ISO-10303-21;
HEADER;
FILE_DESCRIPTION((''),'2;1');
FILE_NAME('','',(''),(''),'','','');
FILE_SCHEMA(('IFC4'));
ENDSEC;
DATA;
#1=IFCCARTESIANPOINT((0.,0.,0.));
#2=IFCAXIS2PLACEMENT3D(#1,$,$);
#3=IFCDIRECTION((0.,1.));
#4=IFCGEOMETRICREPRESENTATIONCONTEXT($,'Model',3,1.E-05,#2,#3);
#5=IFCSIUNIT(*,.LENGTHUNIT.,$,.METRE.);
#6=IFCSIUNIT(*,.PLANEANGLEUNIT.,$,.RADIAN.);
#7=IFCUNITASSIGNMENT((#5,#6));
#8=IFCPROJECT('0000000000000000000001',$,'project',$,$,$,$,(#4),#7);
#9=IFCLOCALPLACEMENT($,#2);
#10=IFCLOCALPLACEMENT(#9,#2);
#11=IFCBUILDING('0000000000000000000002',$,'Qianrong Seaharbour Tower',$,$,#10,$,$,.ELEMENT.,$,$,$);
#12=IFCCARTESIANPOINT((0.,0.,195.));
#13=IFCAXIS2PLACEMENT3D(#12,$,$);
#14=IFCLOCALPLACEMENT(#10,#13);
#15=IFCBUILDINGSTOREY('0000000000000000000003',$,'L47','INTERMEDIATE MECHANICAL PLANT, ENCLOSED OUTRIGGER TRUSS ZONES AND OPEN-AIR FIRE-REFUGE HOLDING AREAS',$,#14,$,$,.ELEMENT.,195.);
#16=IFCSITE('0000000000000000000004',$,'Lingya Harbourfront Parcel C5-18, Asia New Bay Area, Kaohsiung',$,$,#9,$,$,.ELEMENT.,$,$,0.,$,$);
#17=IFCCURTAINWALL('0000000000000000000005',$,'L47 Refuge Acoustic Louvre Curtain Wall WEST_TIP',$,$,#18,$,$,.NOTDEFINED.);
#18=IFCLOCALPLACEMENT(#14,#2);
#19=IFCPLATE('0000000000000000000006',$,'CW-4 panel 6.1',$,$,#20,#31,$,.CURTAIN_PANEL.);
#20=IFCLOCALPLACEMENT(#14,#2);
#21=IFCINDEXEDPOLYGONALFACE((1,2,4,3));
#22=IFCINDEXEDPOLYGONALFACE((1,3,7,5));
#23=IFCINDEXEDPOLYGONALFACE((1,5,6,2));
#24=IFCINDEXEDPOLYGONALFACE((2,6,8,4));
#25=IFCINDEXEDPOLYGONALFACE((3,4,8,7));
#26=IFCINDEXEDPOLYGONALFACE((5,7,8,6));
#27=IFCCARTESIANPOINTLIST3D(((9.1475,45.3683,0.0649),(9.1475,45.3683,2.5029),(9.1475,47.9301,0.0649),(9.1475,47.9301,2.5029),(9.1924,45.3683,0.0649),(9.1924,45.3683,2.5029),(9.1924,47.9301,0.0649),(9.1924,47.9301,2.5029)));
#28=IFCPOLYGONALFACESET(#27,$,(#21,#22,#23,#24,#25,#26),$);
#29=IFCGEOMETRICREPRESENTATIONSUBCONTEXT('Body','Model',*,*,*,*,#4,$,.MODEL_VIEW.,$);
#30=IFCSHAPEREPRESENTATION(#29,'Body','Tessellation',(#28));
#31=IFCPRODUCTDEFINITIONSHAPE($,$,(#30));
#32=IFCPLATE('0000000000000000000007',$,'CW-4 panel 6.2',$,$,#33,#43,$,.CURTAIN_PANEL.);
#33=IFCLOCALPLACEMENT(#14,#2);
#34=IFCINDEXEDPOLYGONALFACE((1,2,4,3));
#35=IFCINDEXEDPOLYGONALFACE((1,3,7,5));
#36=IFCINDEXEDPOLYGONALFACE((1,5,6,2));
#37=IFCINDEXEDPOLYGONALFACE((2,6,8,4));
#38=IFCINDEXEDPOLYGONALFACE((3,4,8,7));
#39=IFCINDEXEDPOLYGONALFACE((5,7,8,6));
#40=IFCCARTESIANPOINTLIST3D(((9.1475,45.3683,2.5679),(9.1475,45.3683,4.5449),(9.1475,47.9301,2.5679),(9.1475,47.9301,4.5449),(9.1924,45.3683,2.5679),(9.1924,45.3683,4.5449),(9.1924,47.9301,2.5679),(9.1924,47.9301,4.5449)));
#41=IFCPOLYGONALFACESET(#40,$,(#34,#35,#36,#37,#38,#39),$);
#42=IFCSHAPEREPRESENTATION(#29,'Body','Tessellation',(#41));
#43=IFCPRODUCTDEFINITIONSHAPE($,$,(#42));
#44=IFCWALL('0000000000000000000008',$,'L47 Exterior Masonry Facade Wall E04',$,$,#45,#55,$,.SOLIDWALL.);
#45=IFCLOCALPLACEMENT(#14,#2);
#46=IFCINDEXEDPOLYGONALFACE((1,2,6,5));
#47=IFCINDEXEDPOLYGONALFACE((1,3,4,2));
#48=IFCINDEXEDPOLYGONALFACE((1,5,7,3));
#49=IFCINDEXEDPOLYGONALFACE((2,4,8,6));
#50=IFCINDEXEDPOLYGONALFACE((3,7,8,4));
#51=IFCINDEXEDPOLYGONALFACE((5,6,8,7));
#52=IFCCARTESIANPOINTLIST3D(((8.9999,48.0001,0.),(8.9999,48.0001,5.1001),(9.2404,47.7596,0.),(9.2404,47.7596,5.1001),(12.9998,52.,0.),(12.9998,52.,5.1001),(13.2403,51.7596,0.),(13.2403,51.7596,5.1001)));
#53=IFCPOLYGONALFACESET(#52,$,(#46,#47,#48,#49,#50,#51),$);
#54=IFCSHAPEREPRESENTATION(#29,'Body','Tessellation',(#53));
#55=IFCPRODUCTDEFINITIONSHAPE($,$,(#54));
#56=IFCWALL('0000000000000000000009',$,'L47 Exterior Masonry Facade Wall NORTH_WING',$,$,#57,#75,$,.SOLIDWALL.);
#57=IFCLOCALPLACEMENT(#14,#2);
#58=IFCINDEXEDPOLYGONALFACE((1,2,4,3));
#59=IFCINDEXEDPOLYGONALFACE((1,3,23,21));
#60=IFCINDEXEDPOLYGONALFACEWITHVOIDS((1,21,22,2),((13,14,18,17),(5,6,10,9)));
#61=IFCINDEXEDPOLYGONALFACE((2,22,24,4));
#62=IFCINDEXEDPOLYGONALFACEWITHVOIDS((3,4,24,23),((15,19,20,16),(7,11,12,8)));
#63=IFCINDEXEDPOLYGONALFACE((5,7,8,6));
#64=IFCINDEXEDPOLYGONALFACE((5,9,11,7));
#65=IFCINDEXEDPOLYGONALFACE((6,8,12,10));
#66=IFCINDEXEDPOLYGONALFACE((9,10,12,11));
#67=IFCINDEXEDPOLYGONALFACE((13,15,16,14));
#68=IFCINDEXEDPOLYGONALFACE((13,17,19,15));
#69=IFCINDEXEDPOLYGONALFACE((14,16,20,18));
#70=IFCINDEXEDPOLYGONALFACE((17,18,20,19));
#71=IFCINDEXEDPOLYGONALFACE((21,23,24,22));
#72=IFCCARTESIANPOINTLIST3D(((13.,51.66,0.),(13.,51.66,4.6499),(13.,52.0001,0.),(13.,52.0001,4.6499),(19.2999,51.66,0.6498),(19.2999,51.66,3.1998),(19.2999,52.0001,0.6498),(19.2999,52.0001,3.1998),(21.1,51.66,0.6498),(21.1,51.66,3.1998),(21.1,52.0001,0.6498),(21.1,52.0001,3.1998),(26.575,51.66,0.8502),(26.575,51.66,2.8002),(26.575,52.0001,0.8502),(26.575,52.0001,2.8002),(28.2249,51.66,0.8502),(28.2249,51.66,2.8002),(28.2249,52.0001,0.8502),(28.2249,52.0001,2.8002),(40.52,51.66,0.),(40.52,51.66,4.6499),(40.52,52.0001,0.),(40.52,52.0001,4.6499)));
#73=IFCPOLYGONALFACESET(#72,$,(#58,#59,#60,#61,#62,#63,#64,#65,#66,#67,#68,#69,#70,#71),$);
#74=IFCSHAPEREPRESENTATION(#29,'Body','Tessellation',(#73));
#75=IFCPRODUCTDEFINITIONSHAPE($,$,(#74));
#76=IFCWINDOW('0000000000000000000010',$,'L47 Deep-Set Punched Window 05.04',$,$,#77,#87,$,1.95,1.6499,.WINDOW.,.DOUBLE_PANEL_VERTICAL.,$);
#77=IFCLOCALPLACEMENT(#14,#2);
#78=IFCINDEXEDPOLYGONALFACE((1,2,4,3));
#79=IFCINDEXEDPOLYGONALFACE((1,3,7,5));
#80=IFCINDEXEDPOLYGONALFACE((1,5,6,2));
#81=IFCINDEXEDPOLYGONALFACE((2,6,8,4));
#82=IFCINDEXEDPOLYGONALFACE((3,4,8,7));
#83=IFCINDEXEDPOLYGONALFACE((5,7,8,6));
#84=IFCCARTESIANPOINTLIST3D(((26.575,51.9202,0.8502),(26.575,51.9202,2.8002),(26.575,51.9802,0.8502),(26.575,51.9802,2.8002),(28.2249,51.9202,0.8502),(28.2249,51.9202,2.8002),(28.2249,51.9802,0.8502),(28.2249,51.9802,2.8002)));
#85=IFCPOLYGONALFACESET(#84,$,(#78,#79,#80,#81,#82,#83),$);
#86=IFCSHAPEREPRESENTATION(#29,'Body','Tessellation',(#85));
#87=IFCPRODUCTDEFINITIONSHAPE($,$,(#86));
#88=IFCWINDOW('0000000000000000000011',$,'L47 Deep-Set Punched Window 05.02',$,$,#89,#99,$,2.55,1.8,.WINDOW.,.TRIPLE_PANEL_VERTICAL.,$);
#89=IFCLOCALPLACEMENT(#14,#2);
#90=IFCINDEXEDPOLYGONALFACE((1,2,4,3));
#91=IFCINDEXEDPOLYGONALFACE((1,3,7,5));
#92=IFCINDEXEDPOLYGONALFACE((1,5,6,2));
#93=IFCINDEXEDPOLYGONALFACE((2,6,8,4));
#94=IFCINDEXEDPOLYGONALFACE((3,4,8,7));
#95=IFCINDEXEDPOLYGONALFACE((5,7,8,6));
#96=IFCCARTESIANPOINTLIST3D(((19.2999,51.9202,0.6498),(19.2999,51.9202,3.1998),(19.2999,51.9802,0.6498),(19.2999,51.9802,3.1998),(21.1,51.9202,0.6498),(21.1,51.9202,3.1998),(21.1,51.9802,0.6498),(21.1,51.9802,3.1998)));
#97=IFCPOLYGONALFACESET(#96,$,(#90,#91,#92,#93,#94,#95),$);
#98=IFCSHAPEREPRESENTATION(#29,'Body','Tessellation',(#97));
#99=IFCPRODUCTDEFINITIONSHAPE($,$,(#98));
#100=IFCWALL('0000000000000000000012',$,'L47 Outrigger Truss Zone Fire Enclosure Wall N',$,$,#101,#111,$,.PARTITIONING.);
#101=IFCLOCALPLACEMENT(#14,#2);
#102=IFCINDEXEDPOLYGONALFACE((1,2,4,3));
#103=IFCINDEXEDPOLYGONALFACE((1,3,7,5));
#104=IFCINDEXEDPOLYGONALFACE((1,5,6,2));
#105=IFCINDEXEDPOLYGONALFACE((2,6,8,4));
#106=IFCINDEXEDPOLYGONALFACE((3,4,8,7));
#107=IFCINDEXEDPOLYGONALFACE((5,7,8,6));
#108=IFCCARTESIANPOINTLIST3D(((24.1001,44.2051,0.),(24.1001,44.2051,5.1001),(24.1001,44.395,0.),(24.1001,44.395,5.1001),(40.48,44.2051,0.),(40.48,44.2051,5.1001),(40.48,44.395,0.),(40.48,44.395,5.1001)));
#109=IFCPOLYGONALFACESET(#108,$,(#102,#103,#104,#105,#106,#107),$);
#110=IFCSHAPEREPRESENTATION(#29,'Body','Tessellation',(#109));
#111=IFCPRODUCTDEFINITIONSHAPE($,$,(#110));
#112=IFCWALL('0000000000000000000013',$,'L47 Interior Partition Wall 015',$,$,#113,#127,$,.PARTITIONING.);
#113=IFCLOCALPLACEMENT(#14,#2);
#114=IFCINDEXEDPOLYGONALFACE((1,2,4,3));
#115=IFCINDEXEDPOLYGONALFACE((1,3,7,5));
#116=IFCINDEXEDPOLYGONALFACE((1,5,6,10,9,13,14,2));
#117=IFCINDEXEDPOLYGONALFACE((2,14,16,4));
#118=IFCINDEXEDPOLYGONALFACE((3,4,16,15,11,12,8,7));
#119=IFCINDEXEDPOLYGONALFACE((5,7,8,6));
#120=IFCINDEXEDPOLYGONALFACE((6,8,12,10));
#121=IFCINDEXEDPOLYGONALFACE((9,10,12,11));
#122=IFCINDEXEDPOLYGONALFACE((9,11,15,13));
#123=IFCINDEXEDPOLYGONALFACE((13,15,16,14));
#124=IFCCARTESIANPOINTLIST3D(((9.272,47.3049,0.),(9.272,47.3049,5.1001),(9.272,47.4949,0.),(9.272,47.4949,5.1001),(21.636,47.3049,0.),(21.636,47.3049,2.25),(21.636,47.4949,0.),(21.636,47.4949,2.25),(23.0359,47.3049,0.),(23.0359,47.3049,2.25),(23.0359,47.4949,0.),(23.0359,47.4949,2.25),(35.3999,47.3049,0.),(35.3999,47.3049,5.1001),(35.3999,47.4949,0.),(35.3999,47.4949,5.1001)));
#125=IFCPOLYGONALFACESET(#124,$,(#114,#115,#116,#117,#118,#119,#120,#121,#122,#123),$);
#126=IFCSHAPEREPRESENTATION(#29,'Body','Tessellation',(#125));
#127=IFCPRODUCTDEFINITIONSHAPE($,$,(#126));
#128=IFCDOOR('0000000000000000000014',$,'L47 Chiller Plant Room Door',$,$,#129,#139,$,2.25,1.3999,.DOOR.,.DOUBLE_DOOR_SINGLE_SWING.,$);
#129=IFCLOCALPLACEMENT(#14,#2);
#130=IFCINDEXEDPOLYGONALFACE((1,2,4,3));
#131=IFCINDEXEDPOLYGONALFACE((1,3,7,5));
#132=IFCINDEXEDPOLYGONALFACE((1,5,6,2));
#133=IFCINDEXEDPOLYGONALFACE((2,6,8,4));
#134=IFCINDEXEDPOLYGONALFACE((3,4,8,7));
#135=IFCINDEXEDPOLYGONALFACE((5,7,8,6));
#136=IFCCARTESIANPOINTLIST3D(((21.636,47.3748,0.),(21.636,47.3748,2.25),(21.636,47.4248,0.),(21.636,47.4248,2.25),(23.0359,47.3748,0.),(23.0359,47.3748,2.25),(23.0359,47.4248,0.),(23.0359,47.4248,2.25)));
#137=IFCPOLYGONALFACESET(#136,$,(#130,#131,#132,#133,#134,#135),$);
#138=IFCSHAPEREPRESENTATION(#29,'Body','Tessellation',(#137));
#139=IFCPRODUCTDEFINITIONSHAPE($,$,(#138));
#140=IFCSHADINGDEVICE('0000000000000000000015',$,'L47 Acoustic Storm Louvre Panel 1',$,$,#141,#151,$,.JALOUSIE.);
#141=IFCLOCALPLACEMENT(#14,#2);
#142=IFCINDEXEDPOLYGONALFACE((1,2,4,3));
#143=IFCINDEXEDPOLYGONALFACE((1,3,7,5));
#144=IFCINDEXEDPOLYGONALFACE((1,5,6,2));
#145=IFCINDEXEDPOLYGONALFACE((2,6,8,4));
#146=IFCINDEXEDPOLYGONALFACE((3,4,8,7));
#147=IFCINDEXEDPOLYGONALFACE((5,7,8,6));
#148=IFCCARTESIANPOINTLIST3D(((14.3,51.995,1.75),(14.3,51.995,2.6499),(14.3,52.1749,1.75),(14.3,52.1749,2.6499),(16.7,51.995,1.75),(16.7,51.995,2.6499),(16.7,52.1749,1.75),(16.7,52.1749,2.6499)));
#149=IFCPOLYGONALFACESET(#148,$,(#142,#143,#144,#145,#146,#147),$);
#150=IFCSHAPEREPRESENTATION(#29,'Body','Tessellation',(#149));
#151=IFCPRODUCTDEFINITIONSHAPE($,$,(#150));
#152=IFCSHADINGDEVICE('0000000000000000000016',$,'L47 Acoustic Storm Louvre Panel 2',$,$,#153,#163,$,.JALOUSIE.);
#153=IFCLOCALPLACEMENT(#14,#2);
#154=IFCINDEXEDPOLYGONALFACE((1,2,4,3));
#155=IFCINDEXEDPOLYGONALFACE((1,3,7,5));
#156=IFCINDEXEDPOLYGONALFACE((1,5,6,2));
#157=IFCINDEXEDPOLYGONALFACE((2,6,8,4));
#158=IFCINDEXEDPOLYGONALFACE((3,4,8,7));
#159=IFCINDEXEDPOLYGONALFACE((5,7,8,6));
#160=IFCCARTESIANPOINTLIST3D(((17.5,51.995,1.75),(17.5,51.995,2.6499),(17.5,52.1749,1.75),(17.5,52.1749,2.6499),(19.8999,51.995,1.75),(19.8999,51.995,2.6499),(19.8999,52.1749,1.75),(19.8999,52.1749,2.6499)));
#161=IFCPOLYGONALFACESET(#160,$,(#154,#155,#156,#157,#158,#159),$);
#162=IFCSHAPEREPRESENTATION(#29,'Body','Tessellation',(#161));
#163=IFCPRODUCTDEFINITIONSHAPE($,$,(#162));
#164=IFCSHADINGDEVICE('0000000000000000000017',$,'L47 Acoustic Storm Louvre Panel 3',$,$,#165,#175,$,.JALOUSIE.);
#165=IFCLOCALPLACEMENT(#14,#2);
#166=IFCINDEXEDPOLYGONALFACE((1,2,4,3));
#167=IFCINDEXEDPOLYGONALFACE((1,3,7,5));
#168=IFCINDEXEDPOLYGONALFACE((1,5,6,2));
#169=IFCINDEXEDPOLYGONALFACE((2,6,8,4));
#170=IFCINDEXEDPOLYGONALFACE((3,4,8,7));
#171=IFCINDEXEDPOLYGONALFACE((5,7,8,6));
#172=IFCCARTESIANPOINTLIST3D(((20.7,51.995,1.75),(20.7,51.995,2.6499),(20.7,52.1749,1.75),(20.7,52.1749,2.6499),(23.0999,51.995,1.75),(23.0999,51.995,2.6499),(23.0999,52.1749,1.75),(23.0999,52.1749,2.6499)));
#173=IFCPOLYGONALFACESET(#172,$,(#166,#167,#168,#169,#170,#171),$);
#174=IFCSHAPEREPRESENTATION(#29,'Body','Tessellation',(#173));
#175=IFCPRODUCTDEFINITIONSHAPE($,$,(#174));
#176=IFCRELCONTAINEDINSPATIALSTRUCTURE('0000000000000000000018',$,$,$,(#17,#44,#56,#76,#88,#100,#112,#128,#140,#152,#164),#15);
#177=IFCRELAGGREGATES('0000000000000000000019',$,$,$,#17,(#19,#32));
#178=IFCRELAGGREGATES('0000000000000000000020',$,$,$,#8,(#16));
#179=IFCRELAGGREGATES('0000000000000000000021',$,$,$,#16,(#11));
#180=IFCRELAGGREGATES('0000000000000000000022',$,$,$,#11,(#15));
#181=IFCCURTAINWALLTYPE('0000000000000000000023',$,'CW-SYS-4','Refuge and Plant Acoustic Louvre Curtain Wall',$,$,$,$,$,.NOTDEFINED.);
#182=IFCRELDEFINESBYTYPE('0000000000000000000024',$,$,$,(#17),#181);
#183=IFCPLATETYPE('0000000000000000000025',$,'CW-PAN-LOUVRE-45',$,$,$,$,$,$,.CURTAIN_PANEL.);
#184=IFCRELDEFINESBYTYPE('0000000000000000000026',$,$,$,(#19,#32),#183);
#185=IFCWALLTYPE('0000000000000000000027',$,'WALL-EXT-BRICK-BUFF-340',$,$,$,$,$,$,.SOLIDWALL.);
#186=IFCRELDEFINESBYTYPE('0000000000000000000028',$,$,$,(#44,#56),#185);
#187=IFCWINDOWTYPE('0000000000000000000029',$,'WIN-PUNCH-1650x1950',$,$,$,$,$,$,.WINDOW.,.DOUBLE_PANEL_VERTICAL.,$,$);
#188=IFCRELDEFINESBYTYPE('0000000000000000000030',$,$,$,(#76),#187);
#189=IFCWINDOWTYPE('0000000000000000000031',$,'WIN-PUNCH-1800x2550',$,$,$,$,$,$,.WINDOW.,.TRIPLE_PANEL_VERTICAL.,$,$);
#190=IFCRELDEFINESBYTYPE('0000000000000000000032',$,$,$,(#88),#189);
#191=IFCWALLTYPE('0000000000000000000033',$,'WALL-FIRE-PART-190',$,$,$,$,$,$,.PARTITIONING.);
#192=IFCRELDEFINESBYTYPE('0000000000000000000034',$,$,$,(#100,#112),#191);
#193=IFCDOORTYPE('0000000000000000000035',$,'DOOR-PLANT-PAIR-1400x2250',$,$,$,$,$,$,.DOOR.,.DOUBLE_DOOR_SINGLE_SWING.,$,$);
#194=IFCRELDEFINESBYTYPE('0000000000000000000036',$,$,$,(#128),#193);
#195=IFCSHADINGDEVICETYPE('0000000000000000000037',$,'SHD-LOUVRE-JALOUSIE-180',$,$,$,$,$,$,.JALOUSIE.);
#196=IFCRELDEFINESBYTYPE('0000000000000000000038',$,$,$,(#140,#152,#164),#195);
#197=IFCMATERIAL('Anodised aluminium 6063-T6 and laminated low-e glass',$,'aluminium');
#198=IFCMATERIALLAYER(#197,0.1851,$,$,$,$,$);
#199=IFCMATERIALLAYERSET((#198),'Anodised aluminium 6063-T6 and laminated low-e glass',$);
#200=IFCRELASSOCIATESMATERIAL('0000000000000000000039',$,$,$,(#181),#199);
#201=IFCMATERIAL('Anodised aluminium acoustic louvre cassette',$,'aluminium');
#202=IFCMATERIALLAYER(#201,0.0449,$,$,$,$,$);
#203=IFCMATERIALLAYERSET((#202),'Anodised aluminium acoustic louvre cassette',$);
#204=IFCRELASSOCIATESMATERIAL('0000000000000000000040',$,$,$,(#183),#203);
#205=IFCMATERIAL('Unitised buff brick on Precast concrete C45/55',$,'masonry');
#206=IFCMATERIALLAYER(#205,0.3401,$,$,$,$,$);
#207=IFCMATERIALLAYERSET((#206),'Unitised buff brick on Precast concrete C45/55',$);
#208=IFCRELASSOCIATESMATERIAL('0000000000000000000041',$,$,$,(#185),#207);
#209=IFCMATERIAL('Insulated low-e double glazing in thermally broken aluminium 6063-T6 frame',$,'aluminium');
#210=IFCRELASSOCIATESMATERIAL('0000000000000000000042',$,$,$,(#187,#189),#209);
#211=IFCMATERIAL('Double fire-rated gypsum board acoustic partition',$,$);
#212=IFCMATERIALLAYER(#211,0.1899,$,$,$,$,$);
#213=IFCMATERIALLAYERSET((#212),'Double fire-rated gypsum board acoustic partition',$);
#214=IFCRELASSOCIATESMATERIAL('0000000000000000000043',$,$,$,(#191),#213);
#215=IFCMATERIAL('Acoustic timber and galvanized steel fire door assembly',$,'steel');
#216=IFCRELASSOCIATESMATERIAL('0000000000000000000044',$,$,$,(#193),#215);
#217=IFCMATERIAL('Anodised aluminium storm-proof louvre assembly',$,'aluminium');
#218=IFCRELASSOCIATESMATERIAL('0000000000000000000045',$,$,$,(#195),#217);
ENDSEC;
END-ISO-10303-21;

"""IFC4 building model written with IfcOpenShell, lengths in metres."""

from ifc_helpers import new_model, si_unit, direction, frame, frame_2d, origin, origin_2d, place, context, subcontext, project, spatial, rectangle, extrude, material, layer, layer_set, type_object, element, fill, aggregate, save


model = new_model("IFC4")

# Units and contexts
model_context = context("Model", 3, precision=1e-05, world=origin(), true_north=direction((0.0, 1.0)))
body_context = subcontext(model_context, "Body", "Model", "MODEL_VIEW")
ifc_project = project(units=[si_unit("LENGTHUNIT", "METRE"), si_unit("PLANEANGLEUNIT", "RADIAN")], contexts=[model_context])

# Site, building, storey
site_placement = place(None, origin())
site = spatial("IfcSite", under=ifc_project, at=site_placement, Name="Lingya Harbourfront Parcel C5-18, Asia New Bay Area, Kaohsiung", CompositionType="ELEMENT", RefElevation=0.0)
building_placement = place(site_placement, origin())
building = spatial("IfcBuilding", under=site, at=building_placement, Name="Qianrong Seaharbour Tower", CompositionType="ELEMENT")
storey_placement = place(building_placement, frame((0.0, 0.0, 195.0)))
storey = spatial("IfcBuildingStorey", under=building, at=storey_placement, Name="L47", Description="INTERMEDIATE MECHANICAL PLANT, ENCLOSED OUTRIGGER TRUSS ZONES AND OPEN-AIR FIRE-REFUGE HOLDING AREAS", CompositionType="ELEMENT", Elevation=195.0)

# Curtain wall, plates
ifc_material_1 = material(Name="Anodised aluminium 6063-T6 and laminated low-e glass", Category="aluminium")
ifc_layer_1 = layer(ifc_material_1, 0.1851)
ifc_layer_set_1 = layer_set([ifc_layer_1], Name="Anodised aluminium 6063-T6 and laminated low-e glass")
curtain_wall_type = type_object("IfcCurtainWallType", Name="CW-SYS-4", Description="Refuge and Plant Acoustic Louvre Curtain Wall", PredefinedType="NOTDEFINED", material=ifc_layer_set_1)
curtain_wall_placement = place(storey_placement, origin())
curtain_wall = element("IfcCurtainWall", 1, at=curtain_wall_placement, inside=storey, type_object=curtain_wall_type, Name="L47 Refuge Acoustic Louvre Curtain Wall WEST_TIP", PredefinedType="NOTDEFINED")
ifc_material_2 = material(Name="Anodised aluminium acoustic louvre cassette", Category="aluminium")
ifc_layer_2 = layer(ifc_material_2, 0.0449)
ifc_layer_set_2 = layer_set([ifc_layer_2], Name="Anodised aluminium acoustic louvre cassette")
plate_type = type_object("IfcPlateType", Name="CW-PAN-LOUVRE-45", PredefinedType="CURTAIN_PANEL", material=ifc_layer_set_2)
plate_1_placement = place(storey_placement, frame((9.1699, 46.6492, 0.0649), z_axis=(0.0, 0.0, 1.0), x_axis=(0.0, 1.0, 0.0)))
plate_1 = element("IfcPlate", 2, at=plate_1_placement, type_object=plate_type, Name="CW-4 panel 6.1", PredefinedType="CURTAIN_PANEL", context=body_context, shape_type="SweptSolid", body=[
    extrude(rectangle(XDim=2.5618, YDim=0.0449, at=origin_2d()), origin(), (0.0, 0.0, 1.0), 2.438),
])
plate_2_placement = place(storey_placement, frame((9.1699, 46.6492, 2.5679), z_axis=(0.0, 0.0, 1.0), x_axis=(0.0, 1.0, 0.0)))
plate_2 = element("IfcPlate", 3, at=plate_2_placement, type_object=plate_type, Name="CW-4 panel 6.2", PredefinedType="CURTAIN_PANEL", context=body_context, shape_type="SweptSolid", body=[
    extrude(rectangle(XDim=2.5618, YDim=0.0449, at=origin_2d()), origin(), (0.0, 0.0, 1.0), 1.9771),
])
aggregate(curtain_wall, [plate_1, plate_2])

# Wall
ifc_material_3 = material(Name="Unitised buff brick on Precast concrete C45/55", Category="masonry")
ifc_layer_3 = layer(ifc_material_3, 0.3401)
ifc_layer_set_3 = layer_set([ifc_layer_3], Name="Unitised buff brick on Precast concrete C45/55")
wall_type_1 = type_object("IfcWallType", Name="WALL-EXT-BRICK-BUFF-340", PredefinedType="SOLIDWALL", material=ifc_layer_set_3)
wall_1_placement = place(storey_placement, frame((9.1201, 47.8799, 0.0), z_axis=(0.0, 0.0, 1.0), x_axis=(0.707107, 0.707107, 0.0)))
element("IfcWall", 4, at=wall_1_placement, inside=storey, type_object=wall_type_1, Name="L47 Exterior Masonry Facade Wall E04", PredefinedType="SOLIDWALL", context=body_context, shape_type="SweptSolid", body=[
    extrude(rectangle(XDim=5.6567, YDim=0.3401, at=frame_2d((2.8284, 0.0))), origin(), (0.0, 0.0, 1.0), 5.1001),
])

# Wall, openings, windows
wall_2_placement = place(storey_placement, frame((13.0, 51.8301, 0.0), z_axis=(0.0, 0.0, 1.0), x_axis=(1.0, 0.0, 0.0)))
wall_2 = element("IfcWall", 5, at=wall_2_placement, inside=storey, type_object=wall_type_1, Name="L47 Exterior Masonry Facade Wall NORTH_WING", PredefinedType="SOLIDWALL", context=body_context, shape_type="SweptSolid", body=[
    extrude(rectangle(XDim=27.52, YDim=0.3401, at=frame_2d((13.76, 0.0))), origin(), (0.0, 0.0, 1.0), 4.6499),
])
opening_1_placement = place(wall_2_placement, frame((6.3, 0.0, 0.6499)))
opening_1 = element("IfcOpeningElement", 6, at=opening_1_placement, cuts=wall_2, PredefinedType="OPENING", context=body_context, shape_type="SweptSolid", body=[
    extrude(rectangle(XDim=1.8, YDim=2.55, at=frame_2d((0.8999, 1.2749))), frame((0.0, 0.1802, 0.0), z_axis=(0.0, -1.0, 0.0), x_axis=(1.0, 0.0, 0.0)), (0.0, 0.0, 1.0), 0.3601),
])
opening_2_placement = place(wall_2_placement, frame((13.575, 0.0, 0.8501)))
opening_2 = element("IfcOpeningElement", 7, at=opening_2_placement, cuts=wall_2, PredefinedType="OPENING", context=body_context, shape_type="SweptSolid", body=[
    extrude(rectangle(XDim=1.6499, YDim=1.95, at=frame_2d((0.825, 0.9751))), frame((0.0, 0.1802, 0.0), z_axis=(0.0, -1.0, 0.0), x_axis=(1.0, 0.0, 0.0)), (0.0, 0.0, 1.0), 0.3601),
])
ifc_material_4 = material(Name="Insulated low-e double glazing in thermally broken aluminium 6063-T6 frame", Category="aluminium")
window_type_1 = type_object("IfcWindowType", Name="WIN-PUNCH-1650x1950", PartitioningType="DOUBLE_PANEL_VERTICAL", PredefinedType="WINDOW", material=ifc_material_4)
window_1_placement = place(opening_2_placement, origin())
window_1 = element("IfcWindow", 8, at=window_1_placement, inside=storey, type_object=window_type_1, Name="L47 Deep-Set Punched Window 05.04", OverallHeight=1.95, OverallWidth=1.6499, PartitioningType="DOUBLE_PANEL_VERTICAL", PredefinedType="WINDOW", context=body_context, shape_type="SweptSolid", body=[
    extrude(rectangle(XDim=1.6499, YDim=1.95, at=frame_2d((0.825, 0.9751))), frame((0.0, 0.1501, 0.0), z_axis=(0.0, -1.0, 0.0), x_axis=(1.0, 0.0, 0.0)), (0.0, 0.0, 1.0), 0.0601),
])
fill(opening_2, window_1)
window_type_2 = type_object("IfcWindowType", Name="WIN-PUNCH-1800x2550", PartitioningType="TRIPLE_PANEL_VERTICAL", PredefinedType="WINDOW", material=ifc_material_4)
window_2_placement = place(opening_1_placement, origin())
window_2 = element("IfcWindow", 9, at=window_2_placement, inside=storey, type_object=window_type_2, Name="L47 Deep-Set Punched Window 05.02", OverallHeight=2.55, OverallWidth=1.8, PartitioningType="TRIPLE_PANEL_VERTICAL", PredefinedType="WINDOW", context=body_context, shape_type="SweptSolid", body=[
    extrude(rectangle(XDim=1.8, YDim=2.55, at=frame_2d((0.8999, 1.2749))), frame((0.0, 0.1501, 0.0), z_axis=(0.0, -1.0, 0.0), x_axis=(1.0, 0.0, 0.0)), (0.0, 0.0, 1.0), 0.0601),
])
fill(opening_1, window_2)

# Wall
ifc_material_5 = material(Name="Double fire-rated gypsum board acoustic partition")
ifc_layer_4 = layer(ifc_material_5, 0.1899)
ifc_layer_set_4 = layer_set([ifc_layer_4], Name="Double fire-rated gypsum board acoustic partition")
wall_type_2 = type_object("IfcWallType", Name="WALL-FIRE-PART-190", PredefinedType="PARTITIONING", material=ifc_layer_set_4)
wall_3_placement = place(storey_placement, frame((24.1001, 44.3, 0.0), z_axis=(0.0, 0.0, 1.0), x_axis=(1.0, 0.0, 0.0)))
element("IfcWall", 10, at=wall_3_placement, inside=storey, type_object=wall_type_2, Name="L47 Outrigger Truss Zone Fire Enclosure Wall N", PredefinedType="PARTITIONING", context=body_context, shape_type="SweptSolid", body=[
    extrude(rectangle(XDim=16.3799, YDim=0.1899, at=frame_2d((8.1899, 0.0))), origin(), (0.0, 0.0, 1.0), 5.1001),
])

# Wall, opening, door
wall_4_placement = place(storey_placement, frame((9.272, 47.3999, 0.0), z_axis=(0.0, 0.0, 1.0), x_axis=(1.0, 0.0, 0.0)))
wall_4 = element("IfcWall", 11, at=wall_4_placement, inside=storey, type_object=wall_type_2, Name="L47 Interior Partition Wall 015", PredefinedType="PARTITIONING", context=body_context, shape_type="SweptSolid", body=[
    extrude(rectangle(XDim=26.1279, YDim=0.1899, at=frame_2d((13.064, 0.0))), origin(), (0.0, 0.0, 1.0), 5.1001),
])
opening_3_placement = place(wall_4_placement, frame((12.364, 0.0, 0.0)))
opening_3 = element("IfcOpeningElement", 12, at=opening_3_placement, cuts=wall_4, PredefinedType="OPENING", context=body_context, shape_type="SweptSolid", body=[
    extrude(rectangle(XDim=1.3999, YDim=2.25, at=frame_2d((0.7, 1.125))), frame((0.0, 0.105, 0.0), z_axis=(0.0, -1.0, 0.0), x_axis=(1.0, 0.0, 0.0)), (0.0, 0.0, 1.0), 0.21),
])
ifc_material_6 = material(Name="Acoustic timber and galvanized steel fire door assembly", Category="steel")
door_type = type_object("IfcDoorType", Name="DOOR-PLANT-PAIR-1400x2250", OperationType="DOUBLE_DOOR_SINGLE_SWING", PredefinedType="DOOR", material=ifc_material_6)
door_placement = place(opening_3_placement, origin())
door = element("IfcDoor", 13, at=door_placement, inside=storey, type_object=door_type, Name="L47 Chiller Plant Room Door", OperationType="DOUBLE_DOOR_SINGLE_SWING", OverallHeight=2.25, OverallWidth=1.3999, PredefinedType="DOOR", context=body_context, shape_type="SweptSolid", body=[
    extrude(rectangle(XDim=1.3999, YDim=2.25, at=frame_2d((0.7, 1.125))), frame((0.0, 0.0249, 0.0), z_axis=(0.0, -1.0, 0.0), x_axis=(1.0, 0.0, 0.0)), (0.0, 0.0, 1.0), 0.05),
])
fill(opening_3, door)

# Shading devices
ifc_material_7 = material(Name="Anodised aluminium storm-proof louvre assembly", Category="aluminium")
shading_device_type = type_object("IfcShadingDeviceType", Name="SHD-LOUVRE-JALOUSIE-180", PredefinedType="JALOUSIE", material=ifc_material_7)
for number, where, z_axis, x_axis, name in (
    (14, (15.5, 52.085, 1.75), (0.0, 0.0, 1.0), (1.0, 0.0, 0.0), "L47 Acoustic Storm Louvre Panel 1"),
    (15, (18.7, 52.085, 1.75), (0.0, 0.0, 1.0), (1.0, 0.0, 0.0), "L47 Acoustic Storm Louvre Panel 2"),
    (16, (21.8999, 52.085, 1.75), (0.0, 0.0, 1.0), (1.0, 0.0, 0.0), "L47 Acoustic Storm Louvre Panel 3"),
):
    element("IfcShadingDevice", number, at=place(storey_placement, frame(where, z_axis=z_axis, x_axis=x_axis)), inside=storey, type_object=shading_device_type, Name=name, PredefinedType="JALOUSIE", context=body_context, shape_type="SweptSolid", body=[
        extrude(rectangle(XDim=2.3999, YDim=0.1799, at=origin_2d()), origin(), (0.0, 0.0, 1.0), 0.8999),
    ])

save(model, "model.ifc")
